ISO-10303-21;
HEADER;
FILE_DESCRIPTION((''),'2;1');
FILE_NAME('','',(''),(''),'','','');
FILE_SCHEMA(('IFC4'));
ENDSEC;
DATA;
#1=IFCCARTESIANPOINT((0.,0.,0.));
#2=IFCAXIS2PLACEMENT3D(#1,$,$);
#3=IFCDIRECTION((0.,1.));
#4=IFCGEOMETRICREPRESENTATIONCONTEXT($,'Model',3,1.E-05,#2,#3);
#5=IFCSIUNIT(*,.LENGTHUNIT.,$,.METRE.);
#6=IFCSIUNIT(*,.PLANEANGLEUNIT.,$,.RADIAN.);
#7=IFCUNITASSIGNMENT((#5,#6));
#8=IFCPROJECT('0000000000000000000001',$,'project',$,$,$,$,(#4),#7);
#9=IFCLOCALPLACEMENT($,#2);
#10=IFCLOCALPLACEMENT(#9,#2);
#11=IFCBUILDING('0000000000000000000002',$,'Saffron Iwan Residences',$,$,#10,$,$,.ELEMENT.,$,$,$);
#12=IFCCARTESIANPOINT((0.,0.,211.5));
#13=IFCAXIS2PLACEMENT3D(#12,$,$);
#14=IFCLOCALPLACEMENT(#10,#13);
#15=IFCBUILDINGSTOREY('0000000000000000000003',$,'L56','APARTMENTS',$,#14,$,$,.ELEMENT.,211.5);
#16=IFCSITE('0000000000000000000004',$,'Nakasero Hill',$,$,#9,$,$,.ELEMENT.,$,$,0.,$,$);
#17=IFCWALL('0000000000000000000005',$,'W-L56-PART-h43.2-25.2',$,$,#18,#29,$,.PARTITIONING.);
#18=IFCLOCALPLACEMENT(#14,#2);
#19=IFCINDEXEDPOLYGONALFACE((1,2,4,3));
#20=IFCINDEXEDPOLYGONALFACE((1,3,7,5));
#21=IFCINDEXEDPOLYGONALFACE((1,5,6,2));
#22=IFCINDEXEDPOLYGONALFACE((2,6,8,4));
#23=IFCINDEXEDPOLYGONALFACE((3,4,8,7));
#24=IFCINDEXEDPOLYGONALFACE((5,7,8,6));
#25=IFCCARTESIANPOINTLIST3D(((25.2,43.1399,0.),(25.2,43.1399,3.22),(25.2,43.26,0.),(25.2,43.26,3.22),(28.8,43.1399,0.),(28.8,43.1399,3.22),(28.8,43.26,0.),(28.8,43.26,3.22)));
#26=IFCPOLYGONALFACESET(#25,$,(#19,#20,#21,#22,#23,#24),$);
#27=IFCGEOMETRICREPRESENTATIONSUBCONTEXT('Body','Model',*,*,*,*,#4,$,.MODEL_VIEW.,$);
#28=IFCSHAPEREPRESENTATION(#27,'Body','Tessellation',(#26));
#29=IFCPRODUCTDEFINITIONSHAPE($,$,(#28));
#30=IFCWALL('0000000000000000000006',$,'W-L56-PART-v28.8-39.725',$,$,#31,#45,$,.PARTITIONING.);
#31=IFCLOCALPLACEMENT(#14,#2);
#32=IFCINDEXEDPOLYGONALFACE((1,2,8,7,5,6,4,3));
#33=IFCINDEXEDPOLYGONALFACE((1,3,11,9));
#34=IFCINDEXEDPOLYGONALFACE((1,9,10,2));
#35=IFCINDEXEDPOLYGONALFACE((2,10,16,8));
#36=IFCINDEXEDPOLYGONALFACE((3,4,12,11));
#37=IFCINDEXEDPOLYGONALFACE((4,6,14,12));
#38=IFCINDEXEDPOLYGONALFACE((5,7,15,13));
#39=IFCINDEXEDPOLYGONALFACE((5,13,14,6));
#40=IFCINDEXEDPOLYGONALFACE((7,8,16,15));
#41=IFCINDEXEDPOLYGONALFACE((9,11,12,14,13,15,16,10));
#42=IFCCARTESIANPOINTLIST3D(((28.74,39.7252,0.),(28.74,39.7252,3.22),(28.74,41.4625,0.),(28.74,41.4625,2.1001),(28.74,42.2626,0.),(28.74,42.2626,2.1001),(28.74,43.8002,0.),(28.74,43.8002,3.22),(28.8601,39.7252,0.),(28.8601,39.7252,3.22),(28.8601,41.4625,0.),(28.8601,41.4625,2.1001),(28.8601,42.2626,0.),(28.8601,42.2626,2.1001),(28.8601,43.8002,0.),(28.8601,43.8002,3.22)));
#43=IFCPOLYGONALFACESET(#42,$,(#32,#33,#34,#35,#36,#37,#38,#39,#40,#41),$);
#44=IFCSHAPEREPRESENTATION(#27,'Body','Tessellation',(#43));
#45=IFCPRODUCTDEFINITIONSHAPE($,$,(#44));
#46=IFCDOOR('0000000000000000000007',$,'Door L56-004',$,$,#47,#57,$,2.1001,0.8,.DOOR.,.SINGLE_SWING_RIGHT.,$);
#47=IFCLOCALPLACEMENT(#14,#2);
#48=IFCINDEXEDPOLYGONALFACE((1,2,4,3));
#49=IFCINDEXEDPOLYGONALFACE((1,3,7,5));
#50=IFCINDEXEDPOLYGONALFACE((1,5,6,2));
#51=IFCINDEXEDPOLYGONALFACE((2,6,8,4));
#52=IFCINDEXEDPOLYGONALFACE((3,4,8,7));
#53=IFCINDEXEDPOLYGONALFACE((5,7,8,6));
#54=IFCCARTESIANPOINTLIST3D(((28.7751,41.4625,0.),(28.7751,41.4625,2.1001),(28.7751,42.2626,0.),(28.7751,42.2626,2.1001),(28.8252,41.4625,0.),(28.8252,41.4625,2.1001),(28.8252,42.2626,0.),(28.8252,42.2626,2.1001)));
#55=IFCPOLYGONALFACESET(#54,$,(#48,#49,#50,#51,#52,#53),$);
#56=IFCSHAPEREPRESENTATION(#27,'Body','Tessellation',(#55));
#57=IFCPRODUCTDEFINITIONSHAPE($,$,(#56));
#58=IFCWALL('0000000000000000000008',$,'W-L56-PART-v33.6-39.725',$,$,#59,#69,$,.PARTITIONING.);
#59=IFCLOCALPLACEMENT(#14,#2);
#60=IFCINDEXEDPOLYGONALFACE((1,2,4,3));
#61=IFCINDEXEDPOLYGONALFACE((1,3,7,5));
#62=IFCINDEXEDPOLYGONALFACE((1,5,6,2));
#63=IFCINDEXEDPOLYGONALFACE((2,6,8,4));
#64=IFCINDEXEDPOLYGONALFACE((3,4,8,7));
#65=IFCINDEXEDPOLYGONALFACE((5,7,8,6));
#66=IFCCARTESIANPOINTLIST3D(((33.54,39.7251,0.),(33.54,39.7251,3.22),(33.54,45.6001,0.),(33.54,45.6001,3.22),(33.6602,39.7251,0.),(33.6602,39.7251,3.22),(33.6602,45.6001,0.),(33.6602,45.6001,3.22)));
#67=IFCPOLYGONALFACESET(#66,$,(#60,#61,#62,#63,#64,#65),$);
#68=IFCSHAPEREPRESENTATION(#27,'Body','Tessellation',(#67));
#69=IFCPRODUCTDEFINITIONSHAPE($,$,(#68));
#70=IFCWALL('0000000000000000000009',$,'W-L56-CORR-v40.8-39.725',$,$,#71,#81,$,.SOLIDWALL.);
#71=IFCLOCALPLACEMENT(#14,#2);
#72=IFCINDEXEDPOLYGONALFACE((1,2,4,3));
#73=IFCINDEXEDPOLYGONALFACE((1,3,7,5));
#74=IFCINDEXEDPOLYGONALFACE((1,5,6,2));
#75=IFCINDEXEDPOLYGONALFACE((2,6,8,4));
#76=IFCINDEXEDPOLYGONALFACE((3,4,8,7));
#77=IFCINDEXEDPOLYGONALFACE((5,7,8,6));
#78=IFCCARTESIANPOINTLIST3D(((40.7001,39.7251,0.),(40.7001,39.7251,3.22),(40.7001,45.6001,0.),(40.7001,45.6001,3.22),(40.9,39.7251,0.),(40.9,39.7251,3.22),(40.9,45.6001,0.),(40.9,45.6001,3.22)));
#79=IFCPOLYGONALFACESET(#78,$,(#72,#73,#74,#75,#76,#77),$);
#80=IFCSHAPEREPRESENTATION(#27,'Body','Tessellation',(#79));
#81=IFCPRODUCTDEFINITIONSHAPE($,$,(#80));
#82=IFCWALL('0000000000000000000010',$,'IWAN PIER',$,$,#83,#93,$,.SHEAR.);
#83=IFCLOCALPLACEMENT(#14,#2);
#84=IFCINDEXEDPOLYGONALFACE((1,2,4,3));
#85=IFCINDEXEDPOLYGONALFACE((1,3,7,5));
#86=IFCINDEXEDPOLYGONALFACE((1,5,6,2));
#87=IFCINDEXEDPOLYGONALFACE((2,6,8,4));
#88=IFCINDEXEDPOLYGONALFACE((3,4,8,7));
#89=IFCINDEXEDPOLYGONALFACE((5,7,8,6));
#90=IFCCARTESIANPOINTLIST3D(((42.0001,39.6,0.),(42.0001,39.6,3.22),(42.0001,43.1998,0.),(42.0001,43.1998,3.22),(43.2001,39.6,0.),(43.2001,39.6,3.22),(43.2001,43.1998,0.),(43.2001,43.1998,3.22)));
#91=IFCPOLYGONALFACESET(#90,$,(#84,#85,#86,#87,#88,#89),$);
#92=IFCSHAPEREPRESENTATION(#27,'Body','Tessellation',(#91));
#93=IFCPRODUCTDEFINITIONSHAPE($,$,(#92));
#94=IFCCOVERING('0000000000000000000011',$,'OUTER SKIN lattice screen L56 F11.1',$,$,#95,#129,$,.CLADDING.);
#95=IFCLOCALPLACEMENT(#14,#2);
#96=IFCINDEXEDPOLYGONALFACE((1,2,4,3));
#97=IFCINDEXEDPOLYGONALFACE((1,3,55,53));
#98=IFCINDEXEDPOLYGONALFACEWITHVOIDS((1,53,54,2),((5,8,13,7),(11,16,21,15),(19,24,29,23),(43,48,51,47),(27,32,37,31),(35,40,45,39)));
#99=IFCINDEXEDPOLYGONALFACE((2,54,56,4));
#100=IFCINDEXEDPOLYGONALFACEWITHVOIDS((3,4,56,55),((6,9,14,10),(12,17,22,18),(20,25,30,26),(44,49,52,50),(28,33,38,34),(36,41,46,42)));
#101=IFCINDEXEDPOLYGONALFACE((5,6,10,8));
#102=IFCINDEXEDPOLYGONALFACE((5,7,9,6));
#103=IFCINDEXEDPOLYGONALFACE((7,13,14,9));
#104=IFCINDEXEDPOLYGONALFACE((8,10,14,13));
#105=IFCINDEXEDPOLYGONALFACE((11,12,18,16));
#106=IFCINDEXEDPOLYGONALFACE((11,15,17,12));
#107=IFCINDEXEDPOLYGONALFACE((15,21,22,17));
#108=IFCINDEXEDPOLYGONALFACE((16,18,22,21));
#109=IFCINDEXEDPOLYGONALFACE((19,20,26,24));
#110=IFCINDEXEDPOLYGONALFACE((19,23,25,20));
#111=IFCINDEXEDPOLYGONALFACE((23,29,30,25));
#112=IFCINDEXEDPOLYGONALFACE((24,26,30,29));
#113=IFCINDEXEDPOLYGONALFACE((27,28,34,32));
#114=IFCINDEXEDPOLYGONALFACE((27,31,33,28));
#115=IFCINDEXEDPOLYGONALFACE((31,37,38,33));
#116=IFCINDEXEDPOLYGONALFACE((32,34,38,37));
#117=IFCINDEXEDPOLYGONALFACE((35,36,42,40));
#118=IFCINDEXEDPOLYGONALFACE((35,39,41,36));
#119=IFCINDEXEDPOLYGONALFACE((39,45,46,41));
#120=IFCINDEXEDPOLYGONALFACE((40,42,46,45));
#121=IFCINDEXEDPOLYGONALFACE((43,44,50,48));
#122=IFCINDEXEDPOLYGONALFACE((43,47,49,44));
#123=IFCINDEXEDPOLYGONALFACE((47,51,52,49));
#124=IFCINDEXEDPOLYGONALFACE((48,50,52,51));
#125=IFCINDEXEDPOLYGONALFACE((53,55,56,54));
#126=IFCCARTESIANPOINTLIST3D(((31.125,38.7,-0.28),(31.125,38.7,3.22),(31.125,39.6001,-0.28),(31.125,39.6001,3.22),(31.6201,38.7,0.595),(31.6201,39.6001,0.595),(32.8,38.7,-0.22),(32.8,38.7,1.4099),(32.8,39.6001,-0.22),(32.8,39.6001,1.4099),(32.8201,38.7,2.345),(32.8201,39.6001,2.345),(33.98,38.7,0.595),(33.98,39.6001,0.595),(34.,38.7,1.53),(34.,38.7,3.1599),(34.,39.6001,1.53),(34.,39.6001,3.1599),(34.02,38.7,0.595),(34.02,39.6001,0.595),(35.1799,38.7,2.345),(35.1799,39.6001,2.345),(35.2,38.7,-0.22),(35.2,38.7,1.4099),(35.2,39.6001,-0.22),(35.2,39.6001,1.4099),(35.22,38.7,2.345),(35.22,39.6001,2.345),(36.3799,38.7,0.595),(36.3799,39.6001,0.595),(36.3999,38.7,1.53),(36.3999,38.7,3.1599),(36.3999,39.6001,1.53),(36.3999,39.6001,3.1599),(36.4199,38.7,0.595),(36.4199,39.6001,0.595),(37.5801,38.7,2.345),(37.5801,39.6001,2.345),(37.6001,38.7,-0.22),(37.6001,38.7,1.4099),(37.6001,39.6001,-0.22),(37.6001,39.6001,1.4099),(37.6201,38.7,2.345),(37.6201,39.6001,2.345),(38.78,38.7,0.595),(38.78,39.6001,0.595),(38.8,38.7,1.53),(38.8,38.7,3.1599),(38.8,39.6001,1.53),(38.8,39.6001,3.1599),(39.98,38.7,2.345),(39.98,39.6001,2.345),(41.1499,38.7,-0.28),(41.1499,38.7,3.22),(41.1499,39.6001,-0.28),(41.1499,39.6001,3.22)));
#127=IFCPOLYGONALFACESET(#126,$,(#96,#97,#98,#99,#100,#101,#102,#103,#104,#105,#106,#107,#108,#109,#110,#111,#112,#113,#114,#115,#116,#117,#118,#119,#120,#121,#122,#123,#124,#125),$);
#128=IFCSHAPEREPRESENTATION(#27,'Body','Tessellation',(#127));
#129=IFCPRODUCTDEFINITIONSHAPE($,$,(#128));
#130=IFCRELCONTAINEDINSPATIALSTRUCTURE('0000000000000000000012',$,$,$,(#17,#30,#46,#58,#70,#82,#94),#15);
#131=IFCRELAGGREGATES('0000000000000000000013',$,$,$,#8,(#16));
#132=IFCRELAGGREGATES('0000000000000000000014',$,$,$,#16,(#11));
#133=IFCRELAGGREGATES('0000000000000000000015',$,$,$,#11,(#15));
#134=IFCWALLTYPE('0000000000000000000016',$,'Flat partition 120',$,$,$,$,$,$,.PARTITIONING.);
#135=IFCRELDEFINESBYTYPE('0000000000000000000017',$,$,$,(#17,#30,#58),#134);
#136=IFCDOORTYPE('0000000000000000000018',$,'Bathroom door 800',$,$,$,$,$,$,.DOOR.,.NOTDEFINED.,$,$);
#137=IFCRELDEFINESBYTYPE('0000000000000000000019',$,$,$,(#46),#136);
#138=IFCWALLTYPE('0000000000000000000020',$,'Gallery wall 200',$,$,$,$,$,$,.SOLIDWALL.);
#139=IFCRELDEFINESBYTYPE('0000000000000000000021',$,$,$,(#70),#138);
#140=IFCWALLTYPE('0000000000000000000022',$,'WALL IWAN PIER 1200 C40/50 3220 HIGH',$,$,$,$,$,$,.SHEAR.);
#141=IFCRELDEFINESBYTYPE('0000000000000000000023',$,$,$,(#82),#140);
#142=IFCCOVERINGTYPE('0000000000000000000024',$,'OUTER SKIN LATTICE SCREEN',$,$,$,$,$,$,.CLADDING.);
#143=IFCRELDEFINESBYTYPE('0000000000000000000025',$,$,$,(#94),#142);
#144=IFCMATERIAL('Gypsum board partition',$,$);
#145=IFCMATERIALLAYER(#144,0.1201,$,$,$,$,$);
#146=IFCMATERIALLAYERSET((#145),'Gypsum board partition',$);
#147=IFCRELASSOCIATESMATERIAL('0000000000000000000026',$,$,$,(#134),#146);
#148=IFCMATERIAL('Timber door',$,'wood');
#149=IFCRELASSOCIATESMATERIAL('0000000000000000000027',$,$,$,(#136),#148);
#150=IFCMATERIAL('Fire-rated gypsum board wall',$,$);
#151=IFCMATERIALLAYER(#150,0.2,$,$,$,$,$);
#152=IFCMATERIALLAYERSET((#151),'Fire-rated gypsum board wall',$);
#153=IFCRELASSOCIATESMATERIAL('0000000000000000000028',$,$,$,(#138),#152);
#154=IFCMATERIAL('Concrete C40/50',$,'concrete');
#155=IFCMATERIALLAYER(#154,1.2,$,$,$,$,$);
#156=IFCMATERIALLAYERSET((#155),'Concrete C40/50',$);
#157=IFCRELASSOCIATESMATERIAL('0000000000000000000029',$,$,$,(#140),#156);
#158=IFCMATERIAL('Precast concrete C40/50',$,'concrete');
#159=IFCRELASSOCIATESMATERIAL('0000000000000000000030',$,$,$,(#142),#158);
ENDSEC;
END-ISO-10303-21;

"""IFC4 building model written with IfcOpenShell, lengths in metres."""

from ifc_helpers import new_model, si_unit, direction, frame, frame_2d, origin, place, context, subcontext, project, spatial, polyline, rectangle, outline, extrude, material, layer, layer_set, type_object, element, fill, save


model = new_model("IFC4")

# Units and contexts
model_context = context("Model", 3, precision=1e-05, world=origin(), true_north=direction((0.0, 1.0)))
body_context = subcontext(model_context, "Body", "Model", "MODEL_VIEW")
ifc_project = project(units=[si_unit("LENGTHUNIT", "METRE"), si_unit("PLANEANGLEUNIT", "RADIAN")], contexts=[model_context])

# Site, building, storey
site_placement = place(None, origin())
site = spatial("IfcSite", under=ifc_project, at=site_placement, Name="Nakasero Hill", CompositionType="ELEMENT", RefElevation=0.0)
building_placement = place(site_placement, origin())
building = spatial("IfcBuilding", under=site, at=building_placement, Name="Saffron Iwan Residences", CompositionType="ELEMENT")
storey_placement = place(building_placement, frame((0.0, 0.0, 211.5)))
storey = spatial("IfcBuildingStorey", under=building, at=storey_placement, Name="L56", Description="APARTMENTS", CompositionType="ELEMENT", Elevation=211.5)

# Shared definitions
ifc_material_1 = material(Name="Concrete C40/50", Category="concrete")

# Wall
ifc_material_2 = material(Name="Gypsum board partition")
ifc_layer_1 = layer(ifc_material_2, 0.1201)
ifc_layer_set_1 = layer_set([ifc_layer_1], Name="Gypsum board partition")
wall_type_1 = type_object("IfcWallType", Name="Flat partition 120", PredefinedType="PARTITIONING", material=ifc_layer_set_1)
wall_1_placement = place(storey_placement, frame((25.2, 43.2, 0.0), z_axis=(0.0, 0.0, 1.0), x_axis=(1.0, 0.0, 0.0)))
element("IfcWall", 1, at=wall_1_placement, inside=storey, type_object=wall_type_1, Name="W-L56-PART-h43.2-25.2", PredefinedType="PARTITIONING", context=body_context, shape_type="SweptSolid", body=[
    extrude(rectangle(XDim=3.6001, YDim=0.1201, at=frame_2d((1.8, 0.0))), origin(), (0.0, 0.0, 1.0), 3.22),
])

# Wall, opening, door
wall_2_placement = place(storey_placement, frame((28.8, 39.7251, 0.0), z_axis=(0.0, 0.0, 1.0), x_axis=(0.0, 1.0, 0.0)))
wall_2 = element("IfcWall", 2, at=wall_2_placement, inside=storey, type_object=wall_type_1, Name="W-L56-PART-v28.8-39.725", PredefinedType="PARTITIONING", context=body_context, shape_type="SweptSolid", body=[
    extrude(rectangle(XDim=4.075, YDim=0.1201, at=frame_2d((2.0376, 0.0))), origin(), (0.0, 0.0, 1.0), 3.22),
])
opening_placement = place(wall_2_placement, frame((1.7375, 0.0, 0.0)))
opening = element("IfcOpeningElement", 3, at=opening_placement, cuts=wall_2, PredefinedType="OPENING", context=body_context, shape_type="SweptSolid", body=[
    extrude(rectangle(XDim=0.8, YDim=2.1001, at=frame_2d((0.3999, 1.05))), frame((0.0, 0.0701, 0.0), z_axis=(0.0, -1.0, 0.0), x_axis=(1.0, 0.0, 0.0)), (0.0, 0.0, 1.0), 0.1401),
])
ifc_material_3 = material(Name="Timber door", Category="wood")
door_type = type_object("IfcDoorType", Name="Bathroom door 800", OperationType="NOTDEFINED", PredefinedType="DOOR", material=ifc_material_3)
door_placement = place(opening_placement, origin())
door = element("IfcDoor", 4, at=door_placement, inside=storey, type_object=door_type, Name="Door L56-004", OperationType="SINGLE_SWING_RIGHT", OverallHeight=2.1001, OverallWidth=0.8, PredefinedType="DOOR", context=body_context, shape_type="SweptSolid", body=[
    extrude(rectangle(XDim=0.8, YDim=2.1001, at=frame_2d((0.3999, 1.05))), frame((0.0, 0.0249, 0.0), z_axis=(0.0, -1.0, 0.0), x_axis=(1.0, 0.0, 0.0)), (0.0, 0.0, 1.0), 0.05),
])
fill(opening, door)

# Walls
wall_3_placement = place(storey_placement, frame((33.6001, 39.7251, 0.0), z_axis=(0.0, 0.0, 1.0), x_axis=(0.0, 1.0, 0.0)))
element("IfcWall", 5, at=wall_3_placement, inside=storey, type_object=wall_type_1, Name="W-L56-PART-v33.6-39.725", PredefinedType="PARTITIONING", context=body_context, shape_type="SweptSolid", body=[
    extrude(rectangle(XDim=5.875, YDim=0.1201, at=frame_2d((2.9375, 0.0))), origin(), (0.0, 0.0, 1.0), 3.22),
])
ifc_material_4 = material(Name="Fire-rated gypsum board wall")
ifc_layer_2 = layer(ifc_material_4, 0.2)
ifc_layer_set_2 = layer_set([ifc_layer_2], Name="Fire-rated gypsum board wall")
wall_type_2 = type_object("IfcWallType", Name="Gallery wall 200", PredefinedType="SOLIDWALL", material=ifc_layer_set_2)
wall_4_placement = place(storey_placement, frame((40.8, 39.7251, 0.0), z_axis=(0.0, 0.0, 1.0), x_axis=(0.0, 1.0, 0.0)))
element("IfcWall", 6, at=wall_4_placement, inside=storey, type_object=wall_type_2, Name="W-L56-CORR-v40.8-39.725", PredefinedType="SOLIDWALL", context=body_context, shape_type="SweptSolid", body=[
    extrude(rectangle(XDim=5.875, YDim=0.2, at=frame_2d((2.9375, 0.0))), origin(), (0.0, 0.0, 1.0), 3.22),
])
ifc_layer_3 = layer(ifc_material_1, 1.2)
ifc_layer_set_3 = layer_set([ifc_layer_3], Name="Concrete C40/50")
wall_type_3 = type_object("IfcWallType", Name="WALL IWAN PIER 1200 C40/50 3220 HIGH", PredefinedType="SHEAR", material=ifc_layer_set_3)
wall_5_placement = place(storey_placement, frame((42.6001, 39.6001, 0.0), z_axis=(0.0, 0.0, 1.0), x_axis=(0.0, 1.0, 0.0)))
element("IfcWall", 7, at=wall_5_placement, inside=storey, type_object=wall_type_3, Name="IWAN PIER", PredefinedType="SHEAR", context=body_context, shape_type="SweptSolid", body=[
    extrude(rectangle(XDim=3.5999, YDim=1.2, at=frame_2d((1.7998, 0.0))), origin(), (0.0, 0.0, 1.0), 3.22),
])

# Covering
ifc_material_5 = material(Name="Precast concrete C40/50", Category="concrete")
covering_type = type_object("IfcCoveringType", Name="OUTER SKIN LATTICE SCREEN", PredefinedType="CLADDING", material=ifc_material_5)
covering_placement = place(storey_placement, frame((31.125, 39.6001, -0.28), z_axis=(0.0, -1.0, 0.0), x_axis=(1.0, 0.0, 0.0)))
element("IfcCovering", 8, at=covering_placement, inside=storey, type_object=covering_type, Name="OUTER SKIN lattice screen L56 F11.1", PredefinedType="CLADDING", context=body_context, shape_type="SweptSolid", body=[
    extrude(outline(polyline([(0.0, 0.0), (10.0249, 0.0), (10.0249, 3.5), (0.0, 3.5), (0.0, 0.0)]), holes=[polyline([(0.4951, 0.875), (1.675, 0.0601), (2.855, 0.875), (1.675, 1.6899), (0.4951, 0.875)]), polyline([(2.895, 0.875), (4.075, 0.0601), (5.2549, 0.875), (4.075, 1.6899), (2.895, 0.875)]), polyline([(5.2949, 0.875), (6.4751, 0.0601), (7.655, 0.875), (6.4751, 1.6899), (5.2949, 0.875)]), polyline([(1.6951, 2.625), (2.875, 1.8101), (4.0549, 2.625), (2.875, 3.4399), (1.6951, 2.625)]), polyline([(4.095, 2.625), (5.2749, 1.8101), (6.4551, 2.625), (5.2749, 3.4399), (4.095, 2.625)]), polyline([(6.4951, 2.625), (7.675, 1.8101), (8.855, 2.625), (7.675, 3.4399), (6.4951, 2.625)])]), origin(), (0.0, 0.0, 1.0), 0.9001),
])

save(model, "model.ifc")
